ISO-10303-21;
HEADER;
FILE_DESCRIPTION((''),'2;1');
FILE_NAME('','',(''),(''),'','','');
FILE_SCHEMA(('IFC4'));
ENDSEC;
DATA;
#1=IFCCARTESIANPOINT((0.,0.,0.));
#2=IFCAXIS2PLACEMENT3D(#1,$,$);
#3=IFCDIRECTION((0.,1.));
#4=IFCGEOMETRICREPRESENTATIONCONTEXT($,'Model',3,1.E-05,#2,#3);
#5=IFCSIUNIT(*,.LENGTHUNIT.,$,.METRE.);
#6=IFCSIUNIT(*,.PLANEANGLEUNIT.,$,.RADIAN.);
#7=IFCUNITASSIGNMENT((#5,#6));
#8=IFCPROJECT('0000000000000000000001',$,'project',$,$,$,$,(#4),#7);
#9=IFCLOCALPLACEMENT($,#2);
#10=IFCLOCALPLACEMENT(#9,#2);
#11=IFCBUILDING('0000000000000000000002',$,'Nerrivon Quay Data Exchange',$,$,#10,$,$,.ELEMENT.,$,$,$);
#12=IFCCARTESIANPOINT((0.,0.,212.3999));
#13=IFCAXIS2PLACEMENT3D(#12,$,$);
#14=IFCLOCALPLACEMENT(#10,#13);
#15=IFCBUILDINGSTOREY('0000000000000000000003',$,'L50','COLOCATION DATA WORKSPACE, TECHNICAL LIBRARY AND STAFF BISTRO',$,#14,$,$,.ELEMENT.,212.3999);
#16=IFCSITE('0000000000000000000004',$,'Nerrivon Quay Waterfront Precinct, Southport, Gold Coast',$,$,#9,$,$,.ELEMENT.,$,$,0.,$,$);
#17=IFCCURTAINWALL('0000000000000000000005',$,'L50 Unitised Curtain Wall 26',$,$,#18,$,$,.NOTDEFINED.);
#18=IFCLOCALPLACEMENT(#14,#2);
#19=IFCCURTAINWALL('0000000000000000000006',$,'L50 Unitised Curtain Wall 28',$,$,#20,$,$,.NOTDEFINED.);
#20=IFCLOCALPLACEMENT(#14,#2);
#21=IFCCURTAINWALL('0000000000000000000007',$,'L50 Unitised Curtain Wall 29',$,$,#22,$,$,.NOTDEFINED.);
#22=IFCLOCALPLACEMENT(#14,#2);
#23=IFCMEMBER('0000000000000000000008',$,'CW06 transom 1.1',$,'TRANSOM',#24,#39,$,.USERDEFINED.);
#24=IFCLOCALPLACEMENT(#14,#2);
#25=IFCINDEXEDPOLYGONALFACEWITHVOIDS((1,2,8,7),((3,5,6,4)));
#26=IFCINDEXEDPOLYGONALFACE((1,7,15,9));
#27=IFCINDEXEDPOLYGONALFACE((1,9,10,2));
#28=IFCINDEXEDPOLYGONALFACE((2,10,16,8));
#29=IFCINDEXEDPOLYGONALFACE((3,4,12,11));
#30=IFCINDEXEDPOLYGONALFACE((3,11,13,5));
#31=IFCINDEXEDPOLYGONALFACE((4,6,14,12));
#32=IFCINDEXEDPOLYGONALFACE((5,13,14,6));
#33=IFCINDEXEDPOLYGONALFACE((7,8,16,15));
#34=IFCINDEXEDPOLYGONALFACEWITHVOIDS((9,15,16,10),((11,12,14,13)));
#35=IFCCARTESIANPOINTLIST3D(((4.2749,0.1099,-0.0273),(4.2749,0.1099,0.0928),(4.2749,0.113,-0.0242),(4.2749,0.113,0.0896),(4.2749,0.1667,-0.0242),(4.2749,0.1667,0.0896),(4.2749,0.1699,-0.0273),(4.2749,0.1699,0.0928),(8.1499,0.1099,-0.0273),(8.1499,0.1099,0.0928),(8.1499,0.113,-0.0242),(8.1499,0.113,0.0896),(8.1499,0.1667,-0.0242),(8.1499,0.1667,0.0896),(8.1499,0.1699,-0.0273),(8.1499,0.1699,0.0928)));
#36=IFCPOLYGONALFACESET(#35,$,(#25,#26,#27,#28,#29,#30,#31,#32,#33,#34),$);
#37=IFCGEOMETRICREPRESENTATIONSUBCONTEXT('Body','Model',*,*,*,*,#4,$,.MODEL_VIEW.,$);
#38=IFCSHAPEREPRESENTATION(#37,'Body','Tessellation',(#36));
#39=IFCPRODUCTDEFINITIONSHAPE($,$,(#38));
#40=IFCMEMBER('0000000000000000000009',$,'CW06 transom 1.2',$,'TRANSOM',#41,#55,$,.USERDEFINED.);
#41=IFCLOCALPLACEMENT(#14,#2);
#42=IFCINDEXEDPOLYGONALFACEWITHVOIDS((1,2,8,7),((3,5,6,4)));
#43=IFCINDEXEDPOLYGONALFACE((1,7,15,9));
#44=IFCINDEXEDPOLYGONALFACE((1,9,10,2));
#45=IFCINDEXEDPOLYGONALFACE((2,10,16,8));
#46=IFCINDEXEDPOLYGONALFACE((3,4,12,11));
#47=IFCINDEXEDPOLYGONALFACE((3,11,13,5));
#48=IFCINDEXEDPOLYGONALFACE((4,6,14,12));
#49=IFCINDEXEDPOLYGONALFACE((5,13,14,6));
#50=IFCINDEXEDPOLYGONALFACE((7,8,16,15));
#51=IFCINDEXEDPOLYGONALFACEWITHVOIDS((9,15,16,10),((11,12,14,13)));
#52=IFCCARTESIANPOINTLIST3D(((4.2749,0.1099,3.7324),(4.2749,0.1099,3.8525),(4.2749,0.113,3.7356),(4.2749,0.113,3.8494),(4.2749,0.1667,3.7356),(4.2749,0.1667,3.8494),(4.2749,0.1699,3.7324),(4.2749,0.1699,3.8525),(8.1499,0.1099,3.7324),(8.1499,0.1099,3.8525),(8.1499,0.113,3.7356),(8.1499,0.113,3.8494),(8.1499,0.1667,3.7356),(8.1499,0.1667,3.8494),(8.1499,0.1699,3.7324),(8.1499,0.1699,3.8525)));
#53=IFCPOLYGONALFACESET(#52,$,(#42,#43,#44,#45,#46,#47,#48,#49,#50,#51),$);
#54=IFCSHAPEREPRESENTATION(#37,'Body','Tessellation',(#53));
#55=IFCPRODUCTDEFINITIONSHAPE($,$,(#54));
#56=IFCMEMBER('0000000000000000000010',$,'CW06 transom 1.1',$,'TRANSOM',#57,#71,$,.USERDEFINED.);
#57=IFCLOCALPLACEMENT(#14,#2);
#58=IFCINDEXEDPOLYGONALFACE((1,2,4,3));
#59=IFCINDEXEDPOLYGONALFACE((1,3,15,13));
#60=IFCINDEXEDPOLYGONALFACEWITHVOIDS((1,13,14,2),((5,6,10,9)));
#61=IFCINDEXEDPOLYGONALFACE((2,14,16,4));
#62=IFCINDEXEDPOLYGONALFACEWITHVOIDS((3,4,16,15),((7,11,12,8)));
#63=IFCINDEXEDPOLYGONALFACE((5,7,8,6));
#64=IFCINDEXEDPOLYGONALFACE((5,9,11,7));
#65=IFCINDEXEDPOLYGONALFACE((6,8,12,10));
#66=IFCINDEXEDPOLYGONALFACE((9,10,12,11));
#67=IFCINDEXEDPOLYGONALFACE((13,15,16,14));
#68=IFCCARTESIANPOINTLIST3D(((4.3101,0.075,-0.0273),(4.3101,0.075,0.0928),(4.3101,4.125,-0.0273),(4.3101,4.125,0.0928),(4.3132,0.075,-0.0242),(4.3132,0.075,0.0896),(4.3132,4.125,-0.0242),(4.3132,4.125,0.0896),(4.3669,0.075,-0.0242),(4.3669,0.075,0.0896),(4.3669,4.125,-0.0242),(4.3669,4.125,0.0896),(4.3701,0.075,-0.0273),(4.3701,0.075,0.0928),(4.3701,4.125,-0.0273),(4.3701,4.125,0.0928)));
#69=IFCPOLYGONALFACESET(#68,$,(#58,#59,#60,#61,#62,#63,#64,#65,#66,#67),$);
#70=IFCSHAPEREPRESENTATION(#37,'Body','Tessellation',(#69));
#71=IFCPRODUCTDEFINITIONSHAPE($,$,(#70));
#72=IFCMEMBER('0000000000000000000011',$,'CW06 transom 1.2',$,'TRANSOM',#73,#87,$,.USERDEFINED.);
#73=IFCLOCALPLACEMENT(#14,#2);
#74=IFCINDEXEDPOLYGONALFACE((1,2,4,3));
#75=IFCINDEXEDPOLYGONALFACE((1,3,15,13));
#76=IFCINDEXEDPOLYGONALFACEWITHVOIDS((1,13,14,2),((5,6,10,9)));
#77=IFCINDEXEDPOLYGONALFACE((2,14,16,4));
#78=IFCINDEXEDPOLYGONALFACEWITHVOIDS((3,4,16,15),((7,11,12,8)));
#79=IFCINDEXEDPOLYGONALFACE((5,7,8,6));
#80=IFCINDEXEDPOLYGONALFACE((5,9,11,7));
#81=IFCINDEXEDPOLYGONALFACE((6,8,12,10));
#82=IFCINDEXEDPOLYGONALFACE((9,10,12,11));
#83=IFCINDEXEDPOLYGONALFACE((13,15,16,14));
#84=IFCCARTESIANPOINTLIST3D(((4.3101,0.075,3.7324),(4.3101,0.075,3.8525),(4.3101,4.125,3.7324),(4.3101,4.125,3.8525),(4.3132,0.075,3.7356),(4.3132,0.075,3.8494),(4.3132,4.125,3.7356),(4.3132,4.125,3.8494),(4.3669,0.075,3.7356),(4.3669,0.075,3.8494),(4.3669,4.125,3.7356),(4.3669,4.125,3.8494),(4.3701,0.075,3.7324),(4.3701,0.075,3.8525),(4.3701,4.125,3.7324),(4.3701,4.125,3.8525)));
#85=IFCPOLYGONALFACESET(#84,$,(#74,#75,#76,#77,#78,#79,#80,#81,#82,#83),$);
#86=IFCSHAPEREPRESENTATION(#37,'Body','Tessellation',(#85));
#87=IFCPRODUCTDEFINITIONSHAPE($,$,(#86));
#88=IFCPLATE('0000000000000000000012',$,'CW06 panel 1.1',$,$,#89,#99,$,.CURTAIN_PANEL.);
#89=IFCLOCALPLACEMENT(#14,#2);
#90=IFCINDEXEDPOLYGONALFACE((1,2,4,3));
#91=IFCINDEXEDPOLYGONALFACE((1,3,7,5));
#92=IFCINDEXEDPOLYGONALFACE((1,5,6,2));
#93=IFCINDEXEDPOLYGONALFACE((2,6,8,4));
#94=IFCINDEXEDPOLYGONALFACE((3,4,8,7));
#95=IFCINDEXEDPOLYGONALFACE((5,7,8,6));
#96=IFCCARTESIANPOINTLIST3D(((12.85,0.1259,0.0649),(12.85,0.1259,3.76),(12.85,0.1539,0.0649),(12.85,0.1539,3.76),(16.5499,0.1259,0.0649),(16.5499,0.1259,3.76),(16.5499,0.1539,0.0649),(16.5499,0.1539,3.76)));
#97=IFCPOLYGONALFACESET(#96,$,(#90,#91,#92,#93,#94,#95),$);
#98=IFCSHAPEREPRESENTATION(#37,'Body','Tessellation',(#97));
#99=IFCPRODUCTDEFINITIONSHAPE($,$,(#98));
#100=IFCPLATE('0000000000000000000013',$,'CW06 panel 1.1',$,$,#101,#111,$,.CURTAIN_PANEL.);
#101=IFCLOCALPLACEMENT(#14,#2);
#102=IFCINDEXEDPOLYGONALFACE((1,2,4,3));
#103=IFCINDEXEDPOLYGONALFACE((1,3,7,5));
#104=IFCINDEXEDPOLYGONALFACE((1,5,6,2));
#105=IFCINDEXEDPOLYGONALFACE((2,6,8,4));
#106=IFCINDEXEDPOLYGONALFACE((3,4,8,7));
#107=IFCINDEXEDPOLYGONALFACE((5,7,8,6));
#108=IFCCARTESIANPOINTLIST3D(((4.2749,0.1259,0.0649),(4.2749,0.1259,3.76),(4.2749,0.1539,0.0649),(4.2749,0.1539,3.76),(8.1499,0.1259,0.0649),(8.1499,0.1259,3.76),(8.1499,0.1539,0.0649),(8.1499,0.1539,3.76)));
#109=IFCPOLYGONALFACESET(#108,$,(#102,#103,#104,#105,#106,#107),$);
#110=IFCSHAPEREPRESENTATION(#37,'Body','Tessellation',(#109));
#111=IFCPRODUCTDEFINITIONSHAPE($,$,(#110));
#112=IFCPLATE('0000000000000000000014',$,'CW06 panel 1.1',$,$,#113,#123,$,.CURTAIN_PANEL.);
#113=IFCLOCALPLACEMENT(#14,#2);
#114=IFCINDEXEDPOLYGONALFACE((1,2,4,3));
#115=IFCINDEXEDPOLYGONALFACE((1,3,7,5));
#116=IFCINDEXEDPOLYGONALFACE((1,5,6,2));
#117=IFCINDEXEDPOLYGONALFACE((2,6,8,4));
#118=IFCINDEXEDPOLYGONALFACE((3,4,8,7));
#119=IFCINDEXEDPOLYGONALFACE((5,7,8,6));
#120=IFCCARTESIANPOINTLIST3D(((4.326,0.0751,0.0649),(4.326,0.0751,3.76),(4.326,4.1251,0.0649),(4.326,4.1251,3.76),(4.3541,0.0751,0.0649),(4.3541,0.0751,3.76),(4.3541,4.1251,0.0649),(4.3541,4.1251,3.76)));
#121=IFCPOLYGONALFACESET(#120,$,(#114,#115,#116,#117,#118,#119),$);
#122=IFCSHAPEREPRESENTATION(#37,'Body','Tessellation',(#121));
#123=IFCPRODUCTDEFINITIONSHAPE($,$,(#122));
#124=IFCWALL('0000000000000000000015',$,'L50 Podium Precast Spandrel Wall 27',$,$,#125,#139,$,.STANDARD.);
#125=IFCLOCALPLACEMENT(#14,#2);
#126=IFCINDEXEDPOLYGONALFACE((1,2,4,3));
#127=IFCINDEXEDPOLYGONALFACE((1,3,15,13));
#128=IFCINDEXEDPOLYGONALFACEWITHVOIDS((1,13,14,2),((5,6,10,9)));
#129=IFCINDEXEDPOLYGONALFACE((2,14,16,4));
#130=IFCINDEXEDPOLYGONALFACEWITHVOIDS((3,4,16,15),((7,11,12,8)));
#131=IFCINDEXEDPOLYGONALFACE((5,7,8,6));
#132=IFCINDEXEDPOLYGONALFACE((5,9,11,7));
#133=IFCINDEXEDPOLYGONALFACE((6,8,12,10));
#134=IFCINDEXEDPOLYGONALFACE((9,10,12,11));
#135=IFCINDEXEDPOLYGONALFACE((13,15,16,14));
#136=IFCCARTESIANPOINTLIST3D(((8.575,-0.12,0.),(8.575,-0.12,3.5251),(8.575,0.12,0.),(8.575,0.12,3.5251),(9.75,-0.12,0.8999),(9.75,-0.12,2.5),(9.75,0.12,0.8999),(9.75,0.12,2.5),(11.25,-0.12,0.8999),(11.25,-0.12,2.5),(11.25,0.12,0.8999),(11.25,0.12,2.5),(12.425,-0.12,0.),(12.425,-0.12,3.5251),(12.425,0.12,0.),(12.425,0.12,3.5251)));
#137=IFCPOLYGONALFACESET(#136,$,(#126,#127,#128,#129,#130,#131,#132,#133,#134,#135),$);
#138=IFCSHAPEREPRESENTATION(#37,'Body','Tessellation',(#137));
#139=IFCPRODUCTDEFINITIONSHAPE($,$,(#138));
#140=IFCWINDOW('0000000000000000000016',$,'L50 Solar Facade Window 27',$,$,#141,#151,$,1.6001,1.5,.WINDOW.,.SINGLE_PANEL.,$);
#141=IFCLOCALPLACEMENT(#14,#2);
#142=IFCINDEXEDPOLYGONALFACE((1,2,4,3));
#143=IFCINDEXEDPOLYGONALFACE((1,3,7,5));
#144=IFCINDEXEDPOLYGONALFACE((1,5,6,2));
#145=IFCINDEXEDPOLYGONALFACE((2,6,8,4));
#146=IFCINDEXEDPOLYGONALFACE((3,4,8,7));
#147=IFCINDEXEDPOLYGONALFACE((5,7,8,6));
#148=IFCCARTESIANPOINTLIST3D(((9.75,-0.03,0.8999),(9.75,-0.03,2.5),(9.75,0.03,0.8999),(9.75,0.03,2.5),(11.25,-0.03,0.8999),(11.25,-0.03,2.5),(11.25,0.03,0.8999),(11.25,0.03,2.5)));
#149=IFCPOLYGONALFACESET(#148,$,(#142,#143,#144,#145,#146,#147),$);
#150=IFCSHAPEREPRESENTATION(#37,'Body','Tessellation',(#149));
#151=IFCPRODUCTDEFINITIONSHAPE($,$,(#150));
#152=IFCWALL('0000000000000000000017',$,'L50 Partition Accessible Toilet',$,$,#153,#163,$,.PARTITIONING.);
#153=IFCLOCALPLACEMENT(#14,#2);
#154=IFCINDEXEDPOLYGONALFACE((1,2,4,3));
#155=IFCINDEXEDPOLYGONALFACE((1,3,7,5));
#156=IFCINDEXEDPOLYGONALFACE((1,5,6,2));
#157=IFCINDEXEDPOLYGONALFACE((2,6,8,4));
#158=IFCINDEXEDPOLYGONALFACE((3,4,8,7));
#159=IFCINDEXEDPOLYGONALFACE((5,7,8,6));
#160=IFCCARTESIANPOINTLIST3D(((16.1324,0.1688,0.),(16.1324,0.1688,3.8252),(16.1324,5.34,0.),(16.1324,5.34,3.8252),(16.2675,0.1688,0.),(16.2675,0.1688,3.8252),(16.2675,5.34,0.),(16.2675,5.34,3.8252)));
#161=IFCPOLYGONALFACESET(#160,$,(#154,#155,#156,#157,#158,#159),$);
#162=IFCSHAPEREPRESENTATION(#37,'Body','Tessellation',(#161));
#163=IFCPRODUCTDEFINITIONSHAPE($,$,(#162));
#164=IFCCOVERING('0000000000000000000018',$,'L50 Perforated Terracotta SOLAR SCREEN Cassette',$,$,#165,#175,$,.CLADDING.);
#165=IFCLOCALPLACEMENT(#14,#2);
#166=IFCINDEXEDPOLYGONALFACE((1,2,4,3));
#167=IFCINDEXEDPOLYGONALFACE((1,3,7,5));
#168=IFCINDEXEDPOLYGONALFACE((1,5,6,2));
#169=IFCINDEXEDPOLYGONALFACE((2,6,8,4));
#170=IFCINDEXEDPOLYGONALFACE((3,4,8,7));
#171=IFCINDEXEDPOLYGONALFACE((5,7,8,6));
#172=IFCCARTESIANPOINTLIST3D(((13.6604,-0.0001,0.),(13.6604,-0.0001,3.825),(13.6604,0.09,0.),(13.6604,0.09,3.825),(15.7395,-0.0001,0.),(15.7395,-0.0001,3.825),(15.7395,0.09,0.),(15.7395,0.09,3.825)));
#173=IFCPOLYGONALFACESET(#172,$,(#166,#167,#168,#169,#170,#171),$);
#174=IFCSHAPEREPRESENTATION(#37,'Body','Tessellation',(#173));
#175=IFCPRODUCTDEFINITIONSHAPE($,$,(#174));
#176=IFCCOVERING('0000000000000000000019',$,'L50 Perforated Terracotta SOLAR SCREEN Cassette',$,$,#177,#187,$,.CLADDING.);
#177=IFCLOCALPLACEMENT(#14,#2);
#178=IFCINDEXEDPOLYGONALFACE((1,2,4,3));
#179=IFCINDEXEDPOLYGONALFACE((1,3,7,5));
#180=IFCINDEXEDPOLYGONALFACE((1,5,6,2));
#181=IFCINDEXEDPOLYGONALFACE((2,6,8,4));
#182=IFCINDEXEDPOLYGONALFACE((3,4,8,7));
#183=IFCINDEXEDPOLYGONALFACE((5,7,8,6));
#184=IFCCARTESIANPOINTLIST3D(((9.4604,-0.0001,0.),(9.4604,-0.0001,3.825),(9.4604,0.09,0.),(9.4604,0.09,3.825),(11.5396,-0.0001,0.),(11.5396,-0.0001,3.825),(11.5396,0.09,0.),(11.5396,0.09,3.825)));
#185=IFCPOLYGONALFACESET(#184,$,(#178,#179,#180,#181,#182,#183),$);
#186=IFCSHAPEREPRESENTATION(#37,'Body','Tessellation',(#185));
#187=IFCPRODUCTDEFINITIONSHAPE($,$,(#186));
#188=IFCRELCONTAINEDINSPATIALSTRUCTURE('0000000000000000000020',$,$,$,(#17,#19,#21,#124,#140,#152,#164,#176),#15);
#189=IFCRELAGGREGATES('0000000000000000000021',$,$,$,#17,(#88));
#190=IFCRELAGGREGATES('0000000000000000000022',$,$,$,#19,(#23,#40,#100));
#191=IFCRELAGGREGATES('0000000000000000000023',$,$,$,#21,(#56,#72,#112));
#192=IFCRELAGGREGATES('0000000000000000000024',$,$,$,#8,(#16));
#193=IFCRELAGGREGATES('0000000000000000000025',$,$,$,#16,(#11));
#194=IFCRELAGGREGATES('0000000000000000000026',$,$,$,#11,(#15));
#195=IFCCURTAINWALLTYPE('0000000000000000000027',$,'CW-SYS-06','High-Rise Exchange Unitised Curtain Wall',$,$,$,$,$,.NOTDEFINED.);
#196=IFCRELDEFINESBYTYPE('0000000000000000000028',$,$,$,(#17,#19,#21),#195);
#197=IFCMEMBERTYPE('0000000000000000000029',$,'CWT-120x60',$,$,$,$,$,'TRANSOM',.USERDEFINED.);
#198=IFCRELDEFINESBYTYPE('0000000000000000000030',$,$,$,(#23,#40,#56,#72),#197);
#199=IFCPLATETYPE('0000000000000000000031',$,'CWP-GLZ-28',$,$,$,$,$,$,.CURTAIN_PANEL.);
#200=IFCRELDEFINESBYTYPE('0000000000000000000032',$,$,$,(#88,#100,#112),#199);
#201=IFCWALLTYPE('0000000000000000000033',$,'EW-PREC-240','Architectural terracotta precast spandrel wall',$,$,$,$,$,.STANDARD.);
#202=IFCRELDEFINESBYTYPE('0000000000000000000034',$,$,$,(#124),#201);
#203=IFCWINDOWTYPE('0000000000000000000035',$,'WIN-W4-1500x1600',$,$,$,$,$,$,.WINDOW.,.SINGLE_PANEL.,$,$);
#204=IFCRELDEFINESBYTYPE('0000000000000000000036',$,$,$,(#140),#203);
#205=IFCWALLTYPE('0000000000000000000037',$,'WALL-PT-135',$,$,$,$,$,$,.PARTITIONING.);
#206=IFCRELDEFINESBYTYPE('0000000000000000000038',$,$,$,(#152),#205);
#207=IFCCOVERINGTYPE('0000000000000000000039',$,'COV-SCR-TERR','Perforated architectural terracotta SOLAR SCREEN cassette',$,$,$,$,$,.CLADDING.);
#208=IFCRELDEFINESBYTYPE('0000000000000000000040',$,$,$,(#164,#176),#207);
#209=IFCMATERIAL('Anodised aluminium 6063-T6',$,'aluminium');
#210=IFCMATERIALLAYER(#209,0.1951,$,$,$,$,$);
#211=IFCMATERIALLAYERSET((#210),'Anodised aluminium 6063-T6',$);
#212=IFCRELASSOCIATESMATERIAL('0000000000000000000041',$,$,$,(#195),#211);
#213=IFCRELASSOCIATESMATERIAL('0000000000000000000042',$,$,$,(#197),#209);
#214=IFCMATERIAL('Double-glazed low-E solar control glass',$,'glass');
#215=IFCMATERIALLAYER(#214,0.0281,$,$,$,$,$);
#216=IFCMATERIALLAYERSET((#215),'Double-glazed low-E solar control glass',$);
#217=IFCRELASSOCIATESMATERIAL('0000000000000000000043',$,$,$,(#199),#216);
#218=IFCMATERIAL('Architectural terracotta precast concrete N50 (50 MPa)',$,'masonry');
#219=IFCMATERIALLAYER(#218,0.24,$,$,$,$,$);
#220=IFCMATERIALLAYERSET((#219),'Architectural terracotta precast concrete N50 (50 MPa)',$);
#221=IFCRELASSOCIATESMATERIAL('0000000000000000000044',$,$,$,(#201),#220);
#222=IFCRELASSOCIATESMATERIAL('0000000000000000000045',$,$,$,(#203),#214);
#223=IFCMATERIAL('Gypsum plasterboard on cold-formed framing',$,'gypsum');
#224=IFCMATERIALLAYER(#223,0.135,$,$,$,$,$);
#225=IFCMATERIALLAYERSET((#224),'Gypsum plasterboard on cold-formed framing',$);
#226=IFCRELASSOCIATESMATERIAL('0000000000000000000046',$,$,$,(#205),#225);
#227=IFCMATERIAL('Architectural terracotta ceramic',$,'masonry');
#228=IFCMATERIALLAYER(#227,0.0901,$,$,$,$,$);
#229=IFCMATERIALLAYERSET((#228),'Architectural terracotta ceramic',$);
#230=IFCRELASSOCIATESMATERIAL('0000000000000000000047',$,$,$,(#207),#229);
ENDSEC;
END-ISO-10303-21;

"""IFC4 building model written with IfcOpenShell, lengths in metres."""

from ifc_helpers import new_model, si_unit, direction, frame, frame_2d, origin, origin_2d, place, context, subcontext, project, spatial, rectangle, hollow_rectangle, extrude, material, layer, layer_set, material_profile, profile_set, type_object, element, fill, aggregate, save


model = new_model("IFC4")

# Units and contexts
model_context = context("Model", 3, precision=1e-05, world=origin(), true_north=direction((0.0, 1.0)))
body_context = subcontext(model_context, "Body", "Model", "MODEL_VIEW")
ifc_project = project(units=[si_unit("LENGTHUNIT", "METRE"), si_unit("PLANEANGLEUNIT", "RADIAN")], contexts=[model_context])

# Site, building, storey
site_placement = place(None, origin())
site = spatial("IfcSite", under=ifc_project, at=site_placement, Name="Nerrivon Quay Waterfront Precinct, Southport, Gold Coast", CompositionType="ELEMENT", RefElevation=0.0)
building_placement = place(site_placement, origin())
building = spatial("IfcBuilding", under=site, at=building_placement, Name="Nerrivon Quay Data Exchange", CompositionType="ELEMENT")
storey_placement = place(building_placement, frame((0.0, 0.0, 212.3999)))
storey = spatial("IfcBuildingStorey", under=building, at=storey_placement, Name="L50", Description="COLOCATION DATA WORKSPACE, TECHNICAL LIBRARY AND STAFF BISTRO", CompositionType="ELEMENT", Elevation=212.3999)

# Curtain wall
ifc_material_1 = material(Name="Anodised aluminium 6063-T6", Category="aluminium")
ifc_layer_1 = layer(ifc_material_1, 0.1951)
ifc_layer_set_1 = layer_set([ifc_layer_1], Name="Anodised aluminium 6063-T6")
curtain_wall_type = type_object("IfcCurtainWallType", Name="CW-SYS-06", Description="High-Rise Exchange Unitised Curtain Wall", PredefinedType="NOTDEFINED", material=ifc_layer_set_1)
curtain_wall_1_placement = place(storey_placement, origin())
curtain_wall_1 = element("IfcCurtainWall", 1, at=curtain_wall_1_placement, inside=storey, type_object=curtain_wall_type, Name="L50 Unitised Curtain Wall 26", PredefinedType="NOTDEFINED")

# Curtain walls
curtain_wall_2_placement = place(storey_placement, origin())
curtain_wall_2 = element("IfcCurtainWall", 2, at=curtain_wall_2_placement, inside=storey, type_object=curtain_wall_type, Name="L50 Unitised Curtain Wall 28", PredefinedType="NOTDEFINED")
curtain_wall_3_placement = place(storey_placement, origin())
curtain_wall_3 = element("IfcCurtainWall", 3, at=curtain_wall_3_placement, inside=storey, type_object=curtain_wall_type, Name="L50 Unitised Curtain Wall 29", PredefinedType="NOTDEFINED")

# Members
ifc_material_profile_1 = material_profile(ifc_material_1, hollow_rectangle(XDim=0.0601, YDim=0.1201, WallThickness=0.0032, at=origin_2d()), Name="ALU-TRAN-120x60")
ifc_profile_set_1 = profile_set([ifc_material_profile_1], Name="Anodised aluminium 6063-T6")
member_type_1 = type_object("IfcMemberType", Name="CWT-120x60", ElementType="TRANSOM", PredefinedType="USERDEFINED", material=ifc_profile_set_1)
member_1_placement = place(storey_placement, frame((8.1499, 0.1399, 0.0327), z_axis=(-1.0, 0.0, 0.0), x_axis=(0.0, -1.0, 0.0)))
member_1 = element("IfcMember", 4, at=member_1_placement, type_object=member_type_1, Name="CW06 transom 1.1", ObjectType="TRANSOM", PredefinedType="USERDEFINED", context=body_context, shape_type="SweptSolid", body=[
    extrude(hollow_rectangle(XDim=0.0601, YDim=0.1201, WallThickness=0.0032, at=origin_2d()), origin(), (0.0, 0.0, 1.0), 3.875),
])
member_2_placement = place(storey_placement, frame((8.1499, 0.1399, 3.7925), z_axis=(-1.0, 0.0, 0.0), x_axis=(0.0, -1.0, 0.0)))
member_2 = element("IfcMember", 5, at=member_2_placement, type_object=member_type_1, Name="CW06 transom 1.2", ObjectType="TRANSOM", PredefinedType="USERDEFINED", context=body_context, shape_type="SweptSolid", body=[
    extrude(hollow_rectangle(XDim=0.0601, YDim=0.1201, WallThickness=0.0032, at=origin_2d()), origin(), (0.0, 0.0, 1.0), 3.875),
])
member_3_placement = place(storey_placement, frame((4.3401, 0.075, 0.0327), z_axis=(0.0, 1.0, 0.0), x_axis=(-1.0, 0.0, 0.0)))
member_3 = element("IfcMember", 6, at=member_3_placement, type_object=member_type_1, Name="CW06 transom 1.1", ObjectType="TRANSOM", PredefinedType="USERDEFINED", context=body_context, shape_type="SweptSolid", body=[
    extrude(hollow_rectangle(XDim=0.0601, YDim=0.1201, WallThickness=0.0032, at=origin_2d()), origin(), (0.0, 0.0, 1.0), 4.05),
])
member_4_placement = place(storey_placement, frame((4.3401, 0.075, 3.7925), z_axis=(0.0, 1.0, 0.0), x_axis=(-1.0, 0.0, 0.0)))
member_4 = element("IfcMember", 7, at=member_4_placement, type_object=member_type_1, Name="CW06 transom 1.2", ObjectType="TRANSOM", PredefinedType="USERDEFINED", context=body_context, shape_type="SweptSolid", body=[
    extrude(hollow_rectangle(XDim=0.0601, YDim=0.1201, WallThickness=0.0032, at=origin_2d()), origin(), (0.0, 0.0, 1.0), 4.05),
])

# Plates
ifc_material_2 = material(Name="Double-glazed low-E solar control glass", Category="glass")
ifc_layer_2 = layer(ifc_material_2, 0.0281)
ifc_layer_set_2 = layer_set([ifc_layer_2], Name="Double-glazed low-E solar control glass")
plate_type = type_object("IfcPlateType", Name="CWP-GLZ-28", PredefinedType="CURTAIN_PANEL", material=ifc_layer_set_2)
plate_1_placement = place(storey_placement, frame((14.7, 0.1399, 0.0649), z_axis=(0.0, 0.0, 1.0), x_axis=(-1.0, 0.0, 0.0)))
plate_1 = element("IfcPlate", 8, at=plate_1_placement, type_object=plate_type, Name="CW06 panel 1.1", PredefinedType="CURTAIN_PANEL", context=body_context, shape_type="SweptSolid", body=[
    extrude(rectangle(XDim=3.7, YDim=0.0281, at=origin_2d()), origin(), (0.0, 0.0, 1.0), 3.6951),
])
aggregate(curtain_wall_1, [plate_1])
plate_2_placement = place(storey_placement, frame((6.2124, 0.1399, 0.0649), z_axis=(0.0, 0.0, 1.0), x_axis=(-1.0, 0.0, 0.0)))
plate_2 = element("IfcPlate", 9, at=plate_2_placement, type_object=plate_type, Name="CW06 panel 1.1", PredefinedType="CURTAIN_PANEL", context=body_context, shape_type="SweptSolid", body=[
    extrude(rectangle(XDim=3.875, YDim=0.0281, at=origin_2d()), origin(), (0.0, 0.0, 1.0), 3.6951),
])
aggregate(curtain_wall_2, [member_1, member_2, plate_2])
plate_3_placement = place(storey_placement, frame((4.3401, 2.1001, 0.0649), z_axis=(0.0, 0.0, 1.0), x_axis=(0.0, 1.0, 0.0)))
plate_3 = element("IfcPlate", 10, at=plate_3_placement, type_object=plate_type, Name="CW06 panel 1.1", PredefinedType="CURTAIN_PANEL", context=body_context, shape_type="SweptSolid", body=[
    extrude(rectangle(XDim=4.05, YDim=0.0281, at=origin_2d()), origin(), (0.0, 0.0, 1.0), 3.6951),
])
aggregate(curtain_wall_3, [member_3, member_4, plate_3])

# Wall, opening, window
ifc_material_3 = material(Name="Architectural terracotta precast concrete N50 (50 MPa)", Category="masonry")
ifc_layer_3 = layer(ifc_material_3, 0.24)
ifc_layer_set_3 = layer_set([ifc_layer_3], Name="Architectural terracotta precast concrete N50 (50 MPa)")
wall_type_1 = type_object("IfcWallType", Name="EW-PREC-240", Description="Architectural terracotta precast spandrel wall", PredefinedType="STANDARD", material=ifc_layer_set_3)
wall_1_placement = place(storey_placement, frame((12.425, 0.0, 0.0), z_axis=(0.0, 0.0, 1.0), x_axis=(-1.0, 0.0, 0.0)))
wall_1 = element("IfcWall", 11, at=wall_1_placement, inside=storey, type_object=wall_type_1, Name="L50 Podium Precast Spandrel Wall 27", PredefinedType="STANDARD", context=body_context, shape_type="SweptSolid", body=[
    extrude(rectangle(XDim=3.8501, YDim=0.24, at=frame_2d((1.925, 0.0))), origin(), (0.0, 0.0, 1.0), 3.5251),
])
opening_placement = place(wall_1_placement, frame((1.175, 0.0, 0.8999)))
opening = element("IfcOpeningElement", 12, at=opening_placement, cuts=wall_1, PredefinedType="OPENING", context=body_context, shape_type="SweptSolid", body=[
    extrude(rectangle(XDim=1.5, YDim=1.6001, at=frame_2d((0.75, 0.8))), frame((0.0, 0.1299, 0.0), z_axis=(0.0, -1.0, 0.0), x_axis=(1.0, 0.0, 0.0)), (0.0, 0.0, 1.0), 0.26),
])
window_type = type_object("IfcWindowType", Name="WIN-W4-1500x1600", PartitioningType="SINGLE_PANEL", PredefinedType="WINDOW", material=ifc_material_2)
window_placement = place(opening_placement, origin())
window = element("IfcWindow", 13, at=window_placement, inside=storey, type_object=window_type, Name="L50 Solar Facade Window 27", OverallHeight=1.6001, OverallWidth=1.5, PartitioningType="SINGLE_PANEL", PredefinedType="WINDOW", context=body_context, shape_type="SweptSolid", body=[
    extrude(rectangle(XDim=1.5, YDim=1.6001, at=frame_2d((0.75, 0.8))), frame((0.0, 0.03, 0.0), z_axis=(0.0, -1.0, 0.0), x_axis=(1.0, 0.0, 0.0)), (0.0, 0.0, 1.0), 0.0601),
])
fill(opening, window)

# Wall
ifc_material_4 = material(Name="Gypsum plasterboard on cold-formed framing", Category="gypsum")
ifc_layer_4 = layer(ifc_material_4, 0.135)
ifc_layer_set_4 = layer_set([ifc_layer_4], Name="Gypsum plasterboard on cold-formed framing")
wall_type_2 = type_object("IfcWallType", Name="WALL-PT-135", PredefinedType="PARTITIONING", material=ifc_layer_set_4)
wall_2_placement = place(storey_placement, frame((16.2, 0.1689, 0.0), z_axis=(0.0, 0.0, 1.0), x_axis=(0.0, 1.0, 0.0)))
element("IfcWall", 14, at=wall_2_placement, inside=storey, type_object=wall_type_2, Name="L50 Partition Accessible Toilet", PredefinedType="PARTITIONING", context=body_context, shape_type="SweptSolid", body=[
    extrude(rectangle(XDim=5.1711, YDim=0.135, at=frame_2d((2.5854, 0.0))), origin(), (0.0, 0.0, 1.0), 3.8252),
])

# Coverings
ifc_material_5 = material(Name="Architectural terracotta ceramic", Category="masonry")
ifc_layer_5 = layer(ifc_material_5, 0.0901)
ifc_layer_set_5 = layer_set([ifc_layer_5], Name="Architectural terracotta ceramic")
covering_type = type_object("IfcCoveringType", Name="COV-SCR-TERR", Description="Perforated architectural terracotta SOLAR SCREEN cassette", PredefinedType="CLADDING", material=ifc_layer_set_5)
for number, where, z_axis, x_axis, name in (
    (15, (14.7, 0.0449, 0.0), (0.0, 0.0, 1.0), (-1.0, 0.0, 0.0), "L50 Perforated Terracotta SOLAR SCREEN Cassette"),
    (16, (10.5, 0.0449, 0.0), (0.0, 0.0, 1.0), (-1.0, 0.0, 0.0), "L50 Perforated Terracotta SOLAR SCREEN Cassette"),
):
    element("IfcCovering", number, at=place(storey_placement, frame(where, z_axis=z_axis, x_axis=x_axis)), inside=storey, type_object=covering_type, Name=name, PredefinedType="CLADDING", context=body_context, shape_type="SweptSolid", body=[
        extrude(rectangle(XDim=2.0791, YDim=0.0901, at=origin_2d()), origin(), (0.0, 0.0, 1.0), 3.825),
    ])

save(model, "model.ifc")
